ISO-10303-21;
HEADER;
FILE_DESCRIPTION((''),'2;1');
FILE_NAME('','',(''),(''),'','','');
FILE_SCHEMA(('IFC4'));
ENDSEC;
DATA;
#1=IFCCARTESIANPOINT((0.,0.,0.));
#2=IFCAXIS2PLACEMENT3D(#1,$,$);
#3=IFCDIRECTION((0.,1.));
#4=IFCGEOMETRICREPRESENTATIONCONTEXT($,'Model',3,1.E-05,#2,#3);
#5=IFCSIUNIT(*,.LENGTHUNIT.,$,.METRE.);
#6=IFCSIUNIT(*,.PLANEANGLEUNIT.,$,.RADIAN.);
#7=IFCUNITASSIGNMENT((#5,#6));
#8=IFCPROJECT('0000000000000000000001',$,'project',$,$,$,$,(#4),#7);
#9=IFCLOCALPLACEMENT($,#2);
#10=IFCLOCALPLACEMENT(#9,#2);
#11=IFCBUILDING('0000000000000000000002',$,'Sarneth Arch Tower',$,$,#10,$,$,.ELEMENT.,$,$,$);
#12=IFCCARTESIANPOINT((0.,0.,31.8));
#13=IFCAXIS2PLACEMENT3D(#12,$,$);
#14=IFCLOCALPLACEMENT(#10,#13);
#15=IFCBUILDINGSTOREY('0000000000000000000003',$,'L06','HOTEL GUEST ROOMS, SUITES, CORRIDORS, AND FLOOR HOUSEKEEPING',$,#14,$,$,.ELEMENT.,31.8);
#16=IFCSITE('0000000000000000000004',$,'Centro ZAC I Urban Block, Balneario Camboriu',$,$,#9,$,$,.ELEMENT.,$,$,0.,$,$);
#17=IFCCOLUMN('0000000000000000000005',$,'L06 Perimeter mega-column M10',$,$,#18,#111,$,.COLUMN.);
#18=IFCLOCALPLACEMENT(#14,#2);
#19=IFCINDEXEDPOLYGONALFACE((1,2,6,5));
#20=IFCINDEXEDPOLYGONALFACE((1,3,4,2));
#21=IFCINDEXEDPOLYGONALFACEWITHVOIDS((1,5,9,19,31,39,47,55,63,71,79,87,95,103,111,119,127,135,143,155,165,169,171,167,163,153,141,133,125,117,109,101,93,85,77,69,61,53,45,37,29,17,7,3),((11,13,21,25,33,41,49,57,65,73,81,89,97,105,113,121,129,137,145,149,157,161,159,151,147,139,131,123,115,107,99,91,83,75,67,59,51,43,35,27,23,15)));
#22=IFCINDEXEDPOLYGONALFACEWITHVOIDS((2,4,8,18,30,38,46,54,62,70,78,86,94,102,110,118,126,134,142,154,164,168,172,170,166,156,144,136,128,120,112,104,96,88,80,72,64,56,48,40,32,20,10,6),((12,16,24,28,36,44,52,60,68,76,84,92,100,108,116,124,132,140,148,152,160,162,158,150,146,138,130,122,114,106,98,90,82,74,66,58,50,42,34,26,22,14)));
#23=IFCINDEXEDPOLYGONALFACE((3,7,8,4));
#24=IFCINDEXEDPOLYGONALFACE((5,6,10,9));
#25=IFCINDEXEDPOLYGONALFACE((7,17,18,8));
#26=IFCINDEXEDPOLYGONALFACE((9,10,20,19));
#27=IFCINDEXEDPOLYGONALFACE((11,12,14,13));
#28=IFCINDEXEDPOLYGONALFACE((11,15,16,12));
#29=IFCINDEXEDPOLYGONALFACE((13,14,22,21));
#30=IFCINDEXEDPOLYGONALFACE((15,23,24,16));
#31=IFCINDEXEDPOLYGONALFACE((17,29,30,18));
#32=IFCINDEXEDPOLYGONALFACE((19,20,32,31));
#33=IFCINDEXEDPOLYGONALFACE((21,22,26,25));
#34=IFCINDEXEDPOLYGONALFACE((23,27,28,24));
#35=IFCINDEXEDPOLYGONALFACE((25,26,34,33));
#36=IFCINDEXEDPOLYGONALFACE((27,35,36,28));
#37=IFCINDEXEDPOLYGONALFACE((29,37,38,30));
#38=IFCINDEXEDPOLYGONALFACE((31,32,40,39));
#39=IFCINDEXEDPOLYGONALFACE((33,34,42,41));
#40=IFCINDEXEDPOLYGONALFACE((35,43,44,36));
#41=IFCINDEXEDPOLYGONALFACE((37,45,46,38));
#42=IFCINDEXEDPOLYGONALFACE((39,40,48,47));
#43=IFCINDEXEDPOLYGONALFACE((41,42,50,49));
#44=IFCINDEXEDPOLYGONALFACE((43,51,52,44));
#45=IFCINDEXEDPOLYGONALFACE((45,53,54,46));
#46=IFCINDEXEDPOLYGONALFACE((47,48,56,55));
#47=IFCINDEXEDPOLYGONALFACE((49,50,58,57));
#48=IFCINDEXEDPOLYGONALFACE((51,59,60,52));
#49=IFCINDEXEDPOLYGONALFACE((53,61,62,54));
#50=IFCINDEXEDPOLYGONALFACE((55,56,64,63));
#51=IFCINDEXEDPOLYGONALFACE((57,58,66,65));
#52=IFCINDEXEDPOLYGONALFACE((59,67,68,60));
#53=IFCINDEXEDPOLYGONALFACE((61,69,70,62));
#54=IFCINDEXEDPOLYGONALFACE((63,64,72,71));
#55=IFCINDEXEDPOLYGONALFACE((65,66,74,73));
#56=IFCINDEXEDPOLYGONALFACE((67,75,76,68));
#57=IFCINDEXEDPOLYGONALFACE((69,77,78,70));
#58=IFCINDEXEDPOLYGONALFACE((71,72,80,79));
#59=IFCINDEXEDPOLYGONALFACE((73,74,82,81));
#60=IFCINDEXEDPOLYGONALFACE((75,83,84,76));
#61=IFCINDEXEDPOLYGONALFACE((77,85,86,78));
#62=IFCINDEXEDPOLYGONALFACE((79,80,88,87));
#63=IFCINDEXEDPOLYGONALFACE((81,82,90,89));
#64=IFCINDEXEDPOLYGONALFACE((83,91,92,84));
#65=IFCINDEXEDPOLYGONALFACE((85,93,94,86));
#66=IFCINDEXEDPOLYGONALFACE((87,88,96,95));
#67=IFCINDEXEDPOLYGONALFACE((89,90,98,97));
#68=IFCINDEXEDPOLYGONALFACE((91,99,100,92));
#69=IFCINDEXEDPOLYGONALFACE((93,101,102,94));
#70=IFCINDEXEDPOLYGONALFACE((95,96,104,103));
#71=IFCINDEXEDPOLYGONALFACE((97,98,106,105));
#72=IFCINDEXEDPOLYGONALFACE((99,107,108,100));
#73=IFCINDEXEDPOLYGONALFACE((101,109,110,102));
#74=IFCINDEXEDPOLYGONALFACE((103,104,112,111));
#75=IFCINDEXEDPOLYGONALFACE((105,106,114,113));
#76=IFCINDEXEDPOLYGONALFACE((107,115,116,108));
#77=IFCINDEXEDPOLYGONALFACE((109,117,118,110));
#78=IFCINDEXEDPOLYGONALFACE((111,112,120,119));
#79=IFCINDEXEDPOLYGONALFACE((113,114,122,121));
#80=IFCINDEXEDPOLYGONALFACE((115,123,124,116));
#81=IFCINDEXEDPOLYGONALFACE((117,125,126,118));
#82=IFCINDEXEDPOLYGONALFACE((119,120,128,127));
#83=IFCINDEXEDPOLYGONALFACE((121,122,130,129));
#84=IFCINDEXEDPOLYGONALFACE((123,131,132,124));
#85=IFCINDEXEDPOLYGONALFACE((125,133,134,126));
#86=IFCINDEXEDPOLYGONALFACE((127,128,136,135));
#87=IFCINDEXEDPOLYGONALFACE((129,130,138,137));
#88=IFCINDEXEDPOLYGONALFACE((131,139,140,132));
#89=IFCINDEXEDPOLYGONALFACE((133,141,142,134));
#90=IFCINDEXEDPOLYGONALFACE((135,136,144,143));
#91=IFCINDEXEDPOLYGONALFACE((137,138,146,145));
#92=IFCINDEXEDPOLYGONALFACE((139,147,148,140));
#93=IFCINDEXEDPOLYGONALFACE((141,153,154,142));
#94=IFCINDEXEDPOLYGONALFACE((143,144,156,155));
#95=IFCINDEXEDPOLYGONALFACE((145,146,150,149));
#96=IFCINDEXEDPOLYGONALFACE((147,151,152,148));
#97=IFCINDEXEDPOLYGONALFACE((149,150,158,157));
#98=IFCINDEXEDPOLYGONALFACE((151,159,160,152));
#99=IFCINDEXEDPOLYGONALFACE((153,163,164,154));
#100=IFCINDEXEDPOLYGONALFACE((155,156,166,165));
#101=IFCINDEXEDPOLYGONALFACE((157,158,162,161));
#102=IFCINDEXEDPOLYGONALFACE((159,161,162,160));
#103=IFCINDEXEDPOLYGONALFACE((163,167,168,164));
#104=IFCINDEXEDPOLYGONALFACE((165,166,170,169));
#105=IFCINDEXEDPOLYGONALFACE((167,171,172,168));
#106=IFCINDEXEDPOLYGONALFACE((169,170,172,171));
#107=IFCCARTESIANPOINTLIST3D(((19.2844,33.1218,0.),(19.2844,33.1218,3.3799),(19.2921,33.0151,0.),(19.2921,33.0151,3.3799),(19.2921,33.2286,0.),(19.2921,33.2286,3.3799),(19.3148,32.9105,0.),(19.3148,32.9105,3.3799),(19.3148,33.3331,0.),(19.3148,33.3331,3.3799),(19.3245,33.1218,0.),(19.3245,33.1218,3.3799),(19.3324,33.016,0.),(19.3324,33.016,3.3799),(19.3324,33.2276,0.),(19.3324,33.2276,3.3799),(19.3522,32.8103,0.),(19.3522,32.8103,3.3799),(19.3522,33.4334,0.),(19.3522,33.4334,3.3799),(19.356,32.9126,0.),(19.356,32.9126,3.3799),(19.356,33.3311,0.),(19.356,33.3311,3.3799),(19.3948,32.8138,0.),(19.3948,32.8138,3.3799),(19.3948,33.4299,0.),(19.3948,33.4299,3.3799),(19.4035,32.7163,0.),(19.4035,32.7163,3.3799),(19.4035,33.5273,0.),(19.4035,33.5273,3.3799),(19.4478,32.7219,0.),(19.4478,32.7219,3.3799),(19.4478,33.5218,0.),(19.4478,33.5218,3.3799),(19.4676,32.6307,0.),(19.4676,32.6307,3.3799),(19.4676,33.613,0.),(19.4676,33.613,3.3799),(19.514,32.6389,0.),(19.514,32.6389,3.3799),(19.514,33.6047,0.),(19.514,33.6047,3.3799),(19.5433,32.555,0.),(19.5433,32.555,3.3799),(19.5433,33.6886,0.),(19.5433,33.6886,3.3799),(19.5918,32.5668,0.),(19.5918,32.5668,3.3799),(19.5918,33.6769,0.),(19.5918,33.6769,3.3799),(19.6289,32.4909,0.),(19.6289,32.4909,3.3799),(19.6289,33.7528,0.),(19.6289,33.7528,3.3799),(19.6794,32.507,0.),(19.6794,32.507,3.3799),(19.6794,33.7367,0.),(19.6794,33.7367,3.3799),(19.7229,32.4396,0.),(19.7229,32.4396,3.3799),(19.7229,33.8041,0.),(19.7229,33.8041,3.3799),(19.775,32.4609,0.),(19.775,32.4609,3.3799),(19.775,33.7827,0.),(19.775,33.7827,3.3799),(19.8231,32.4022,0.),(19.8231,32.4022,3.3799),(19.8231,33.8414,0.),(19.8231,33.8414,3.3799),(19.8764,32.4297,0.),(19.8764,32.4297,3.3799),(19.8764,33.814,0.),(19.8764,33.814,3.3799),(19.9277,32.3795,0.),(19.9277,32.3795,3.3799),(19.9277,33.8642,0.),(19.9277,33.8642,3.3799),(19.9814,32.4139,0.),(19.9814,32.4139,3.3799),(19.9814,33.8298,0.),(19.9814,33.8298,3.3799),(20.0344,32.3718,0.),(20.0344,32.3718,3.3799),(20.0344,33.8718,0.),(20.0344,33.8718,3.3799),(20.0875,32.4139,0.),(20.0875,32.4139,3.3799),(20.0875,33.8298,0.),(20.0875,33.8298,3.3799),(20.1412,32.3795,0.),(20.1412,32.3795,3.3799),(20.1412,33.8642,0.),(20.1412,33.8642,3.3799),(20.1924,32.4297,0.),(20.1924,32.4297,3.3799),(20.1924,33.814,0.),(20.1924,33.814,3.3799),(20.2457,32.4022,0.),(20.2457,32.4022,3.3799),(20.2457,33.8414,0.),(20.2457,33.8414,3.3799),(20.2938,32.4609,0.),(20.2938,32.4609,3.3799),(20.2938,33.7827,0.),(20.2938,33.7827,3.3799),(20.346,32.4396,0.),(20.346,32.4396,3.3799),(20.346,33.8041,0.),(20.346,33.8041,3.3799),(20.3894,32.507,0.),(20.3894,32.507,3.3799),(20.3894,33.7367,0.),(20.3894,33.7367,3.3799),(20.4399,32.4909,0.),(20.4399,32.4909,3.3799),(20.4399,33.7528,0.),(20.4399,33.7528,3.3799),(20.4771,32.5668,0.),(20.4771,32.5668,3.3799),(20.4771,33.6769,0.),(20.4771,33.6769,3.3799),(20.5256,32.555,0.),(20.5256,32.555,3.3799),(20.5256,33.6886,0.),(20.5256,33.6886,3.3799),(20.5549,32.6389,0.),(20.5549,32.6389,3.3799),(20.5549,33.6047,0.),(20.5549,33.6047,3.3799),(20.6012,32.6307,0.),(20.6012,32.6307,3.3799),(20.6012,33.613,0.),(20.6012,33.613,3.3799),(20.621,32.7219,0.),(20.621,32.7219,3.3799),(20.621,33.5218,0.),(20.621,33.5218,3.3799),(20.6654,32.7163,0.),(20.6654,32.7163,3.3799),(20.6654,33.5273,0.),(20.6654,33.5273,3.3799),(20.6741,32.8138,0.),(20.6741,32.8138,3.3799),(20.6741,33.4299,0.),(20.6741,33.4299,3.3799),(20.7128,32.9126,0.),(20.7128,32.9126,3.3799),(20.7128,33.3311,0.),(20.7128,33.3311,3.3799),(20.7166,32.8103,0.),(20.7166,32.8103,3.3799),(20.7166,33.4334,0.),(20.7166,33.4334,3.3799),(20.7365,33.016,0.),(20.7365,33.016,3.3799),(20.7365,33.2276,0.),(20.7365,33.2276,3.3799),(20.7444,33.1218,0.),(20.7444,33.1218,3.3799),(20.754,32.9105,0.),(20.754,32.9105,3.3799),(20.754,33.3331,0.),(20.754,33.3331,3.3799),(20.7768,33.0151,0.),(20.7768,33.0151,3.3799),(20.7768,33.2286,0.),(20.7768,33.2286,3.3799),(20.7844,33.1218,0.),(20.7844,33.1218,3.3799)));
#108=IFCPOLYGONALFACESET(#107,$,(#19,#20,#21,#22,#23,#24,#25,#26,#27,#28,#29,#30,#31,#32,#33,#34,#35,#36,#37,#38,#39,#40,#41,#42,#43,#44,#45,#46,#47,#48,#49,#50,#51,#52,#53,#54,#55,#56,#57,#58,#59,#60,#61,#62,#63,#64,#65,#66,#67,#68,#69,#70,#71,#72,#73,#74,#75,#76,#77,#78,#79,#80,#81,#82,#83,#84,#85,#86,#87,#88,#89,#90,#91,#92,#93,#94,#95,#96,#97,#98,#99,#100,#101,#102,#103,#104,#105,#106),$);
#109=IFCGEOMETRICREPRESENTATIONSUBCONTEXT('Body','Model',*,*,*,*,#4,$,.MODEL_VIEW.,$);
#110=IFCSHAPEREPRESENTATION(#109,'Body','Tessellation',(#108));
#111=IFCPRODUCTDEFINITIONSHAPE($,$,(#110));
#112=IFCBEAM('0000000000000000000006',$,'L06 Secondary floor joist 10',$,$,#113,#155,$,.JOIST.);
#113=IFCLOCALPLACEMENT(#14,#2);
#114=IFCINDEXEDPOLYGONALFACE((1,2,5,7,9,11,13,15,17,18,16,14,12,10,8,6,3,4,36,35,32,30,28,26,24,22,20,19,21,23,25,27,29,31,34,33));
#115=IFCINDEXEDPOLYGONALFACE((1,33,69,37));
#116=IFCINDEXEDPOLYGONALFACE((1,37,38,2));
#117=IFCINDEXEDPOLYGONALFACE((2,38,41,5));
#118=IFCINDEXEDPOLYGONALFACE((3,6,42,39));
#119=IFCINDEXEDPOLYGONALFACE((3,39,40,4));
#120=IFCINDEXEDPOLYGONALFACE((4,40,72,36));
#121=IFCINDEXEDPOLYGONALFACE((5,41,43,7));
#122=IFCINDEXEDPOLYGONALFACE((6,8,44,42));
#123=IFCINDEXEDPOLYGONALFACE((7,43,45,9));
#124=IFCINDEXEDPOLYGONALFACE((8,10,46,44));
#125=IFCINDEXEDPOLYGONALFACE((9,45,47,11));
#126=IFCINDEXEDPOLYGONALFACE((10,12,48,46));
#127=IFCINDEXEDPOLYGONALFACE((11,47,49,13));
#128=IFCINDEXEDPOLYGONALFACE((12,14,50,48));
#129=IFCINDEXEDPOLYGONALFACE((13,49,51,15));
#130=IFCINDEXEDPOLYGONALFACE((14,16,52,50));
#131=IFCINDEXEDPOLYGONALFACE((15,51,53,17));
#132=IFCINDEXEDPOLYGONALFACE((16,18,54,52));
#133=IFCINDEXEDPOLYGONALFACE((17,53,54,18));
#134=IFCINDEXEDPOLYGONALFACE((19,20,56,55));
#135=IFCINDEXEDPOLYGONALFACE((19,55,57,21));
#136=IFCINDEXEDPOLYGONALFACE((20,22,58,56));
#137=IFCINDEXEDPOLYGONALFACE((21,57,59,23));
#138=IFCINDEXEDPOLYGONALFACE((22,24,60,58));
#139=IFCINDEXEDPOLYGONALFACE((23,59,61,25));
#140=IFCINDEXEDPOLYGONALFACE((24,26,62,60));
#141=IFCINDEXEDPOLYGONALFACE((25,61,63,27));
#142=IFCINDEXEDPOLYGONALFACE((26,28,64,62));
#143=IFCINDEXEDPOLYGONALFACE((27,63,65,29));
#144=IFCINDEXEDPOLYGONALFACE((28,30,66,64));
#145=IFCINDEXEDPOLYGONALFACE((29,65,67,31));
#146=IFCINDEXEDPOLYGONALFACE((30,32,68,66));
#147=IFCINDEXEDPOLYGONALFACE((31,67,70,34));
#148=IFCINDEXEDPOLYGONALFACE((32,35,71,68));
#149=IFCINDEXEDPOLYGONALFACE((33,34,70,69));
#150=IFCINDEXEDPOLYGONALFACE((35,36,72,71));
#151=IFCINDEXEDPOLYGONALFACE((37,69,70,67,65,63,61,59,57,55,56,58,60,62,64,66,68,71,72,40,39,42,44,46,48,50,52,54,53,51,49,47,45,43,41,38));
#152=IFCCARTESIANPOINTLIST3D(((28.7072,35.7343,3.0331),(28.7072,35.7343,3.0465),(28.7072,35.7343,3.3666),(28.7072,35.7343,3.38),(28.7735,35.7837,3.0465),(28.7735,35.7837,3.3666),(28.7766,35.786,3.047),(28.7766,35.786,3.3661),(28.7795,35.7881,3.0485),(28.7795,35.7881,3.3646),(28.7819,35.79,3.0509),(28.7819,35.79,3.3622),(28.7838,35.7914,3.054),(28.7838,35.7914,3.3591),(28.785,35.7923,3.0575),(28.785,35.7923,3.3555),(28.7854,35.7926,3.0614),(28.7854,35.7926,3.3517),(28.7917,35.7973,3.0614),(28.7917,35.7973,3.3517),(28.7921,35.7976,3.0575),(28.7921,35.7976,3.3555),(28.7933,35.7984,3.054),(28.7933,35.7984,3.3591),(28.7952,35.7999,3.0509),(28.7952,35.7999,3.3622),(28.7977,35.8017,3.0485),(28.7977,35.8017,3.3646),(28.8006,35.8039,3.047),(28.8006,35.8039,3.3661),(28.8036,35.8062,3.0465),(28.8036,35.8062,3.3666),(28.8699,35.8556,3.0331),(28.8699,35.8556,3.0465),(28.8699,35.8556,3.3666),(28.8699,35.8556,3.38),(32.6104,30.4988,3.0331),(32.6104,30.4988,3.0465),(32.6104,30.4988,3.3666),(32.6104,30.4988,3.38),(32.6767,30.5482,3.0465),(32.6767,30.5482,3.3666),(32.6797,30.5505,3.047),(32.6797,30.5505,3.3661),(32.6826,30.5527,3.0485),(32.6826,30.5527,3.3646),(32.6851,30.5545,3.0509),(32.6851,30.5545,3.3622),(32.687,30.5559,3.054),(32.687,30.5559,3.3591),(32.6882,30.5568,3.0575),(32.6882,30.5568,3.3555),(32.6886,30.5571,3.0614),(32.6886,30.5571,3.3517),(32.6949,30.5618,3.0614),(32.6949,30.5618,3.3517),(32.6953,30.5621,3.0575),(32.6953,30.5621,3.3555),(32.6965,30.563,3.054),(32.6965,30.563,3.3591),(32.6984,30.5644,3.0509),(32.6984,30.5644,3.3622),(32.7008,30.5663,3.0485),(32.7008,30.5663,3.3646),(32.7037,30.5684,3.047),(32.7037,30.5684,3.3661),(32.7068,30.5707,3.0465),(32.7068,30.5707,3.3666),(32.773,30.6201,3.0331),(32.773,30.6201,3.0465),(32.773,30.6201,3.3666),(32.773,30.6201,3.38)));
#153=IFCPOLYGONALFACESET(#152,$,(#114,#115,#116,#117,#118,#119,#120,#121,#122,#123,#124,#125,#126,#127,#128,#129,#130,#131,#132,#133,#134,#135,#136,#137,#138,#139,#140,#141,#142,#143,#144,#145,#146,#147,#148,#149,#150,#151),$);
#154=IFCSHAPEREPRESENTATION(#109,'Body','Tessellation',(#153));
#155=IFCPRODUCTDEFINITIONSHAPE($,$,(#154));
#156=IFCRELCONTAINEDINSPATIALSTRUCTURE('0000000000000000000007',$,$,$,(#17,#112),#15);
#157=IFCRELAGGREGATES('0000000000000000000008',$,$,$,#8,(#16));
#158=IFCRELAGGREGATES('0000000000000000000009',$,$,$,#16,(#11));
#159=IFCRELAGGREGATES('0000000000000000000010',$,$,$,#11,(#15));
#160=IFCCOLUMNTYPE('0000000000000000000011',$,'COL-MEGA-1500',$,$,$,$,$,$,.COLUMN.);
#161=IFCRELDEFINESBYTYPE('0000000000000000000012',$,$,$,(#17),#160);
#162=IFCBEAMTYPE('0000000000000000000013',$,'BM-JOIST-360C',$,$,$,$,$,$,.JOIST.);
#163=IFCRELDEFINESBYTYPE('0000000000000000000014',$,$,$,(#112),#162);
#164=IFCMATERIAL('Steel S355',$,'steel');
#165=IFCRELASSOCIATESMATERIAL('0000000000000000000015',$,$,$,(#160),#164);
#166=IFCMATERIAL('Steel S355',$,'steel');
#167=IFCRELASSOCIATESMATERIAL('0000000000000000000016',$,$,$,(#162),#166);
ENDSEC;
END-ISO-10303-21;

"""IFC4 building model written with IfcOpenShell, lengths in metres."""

from ifc_helpers import new_model, si_unit, direction, frame, origin, origin_2d, place, context, subcontext, project, spatial, hollow_circle, i_section, extrude, material, material_profile, profile_set, type_object, element, save


model = new_model("IFC4")

# Units and contexts
model_context = context("Model", 3, precision=1e-05, world=origin(), true_north=direction((0.0, 1.0)))
body_context = subcontext(model_context, "Body", "Model", "MODEL_VIEW")
ifc_project = project(units=[si_unit("LENGTHUNIT", "METRE"), si_unit("PLANEANGLEUNIT", "RADIAN")], contexts=[model_context])

# Site, building, storey
site_placement = place(None, origin())
site = spatial("IfcSite", under=ifc_project, at=site_placement, Name="Centro ZAC I Urban Block, Balneario Camboriu", CompositionType="ELEMENT", RefElevation=0.0)
building_placement = place(site_placement, origin())
building = spatial("IfcBuilding", under=site, at=building_placement, Name="Sarneth Arch Tower", CompositionType="ELEMENT")
storey_placement = place(building_placement, frame((0.0, 0.0, 31.8)))
storey = spatial("IfcBuildingStorey", under=building, at=storey_placement, Name="L06", Description="HOTEL GUEST ROOMS, SUITES, CORRIDORS, AND FLOOR HOUSEKEEPING", CompositionType="ELEMENT", Elevation=31.8)

# Column
ifc_material_1 = material(Name="Steel S355", Category="steel")
ifc_material_profile_1 = material_profile(ifc_material_1, hollow_circle(Radius=0.75, WallThickness=0.04, at=origin_2d()), Name="CHS1500x40")
ifc_profile_set_1 = profile_set([ifc_material_profile_1], Name="Steel S355")
column_type = type_object("IfcColumnType", Name="COL-MEGA-1500", PredefinedType="COLUMN", material=ifc_profile_set_1)
column_placement = place(storey_placement, frame((20.0344, 33.1218, 0.0), z_axis=(0.0, 0.0, 1.0), x_axis=(1.0, 0.0, 0.0)))
element("IfcColumn", 1, at=column_placement, inside=storey, type_object=column_type, Name="L06 Perimeter mega-column M10", PredefinedType="COLUMN", context=body_context, shape_type="SweptSolid", body=[
    extrude(hollow_circle(Radius=0.75, WallThickness=0.04, at=origin_2d()), origin(), (0.0, 0.0, 1.0), 3.3799),
])

# Beam
ifc_material_2 = material(Name="Steel S355", Category="steel")
ifc_material_profile_2 = material_profile(ifc_material_2, i_section(OverallWidth=0.2029, OverallDepth=0.3469, WebThickness=0.0078, FlangeThickness=0.0134, FilletRadius=0.0149, at=origin_2d()), Name="W360x64")
ifc_profile_set_2 = profile_set([ifc_material_profile_2], Name="Steel S355")
beam_type_1 = type_object("IfcBeamType", Name="BM-JOIST-360C", PredefinedType="JOIST", material=ifc_profile_set_2)
beam_1_placement = place(storey_placement, frame((28.7886, 35.7949, 3.2065), z_axis=(0.5977, -0.801719, 0.0), x_axis=(0.801719, 0.5977, 0.0)))
element("IfcBeam", 2, at=beam_1_placement, inside=storey, type_object=beam_type_1, Name="L06 Secondary floor joist 10", PredefinedType="JOIST", context=body_context, shape_type="SweptSolid", body=[
    extrude(i_section(OverallWidth=0.2029, OverallDepth=0.3469, WebThickness=0.0078, FlangeThickness=0.0134, FilletRadius=0.0149, at=origin_2d()), origin(), (0.0, 0.0, 1.0), 6.5303),
])

save(model, "model.ifc")
